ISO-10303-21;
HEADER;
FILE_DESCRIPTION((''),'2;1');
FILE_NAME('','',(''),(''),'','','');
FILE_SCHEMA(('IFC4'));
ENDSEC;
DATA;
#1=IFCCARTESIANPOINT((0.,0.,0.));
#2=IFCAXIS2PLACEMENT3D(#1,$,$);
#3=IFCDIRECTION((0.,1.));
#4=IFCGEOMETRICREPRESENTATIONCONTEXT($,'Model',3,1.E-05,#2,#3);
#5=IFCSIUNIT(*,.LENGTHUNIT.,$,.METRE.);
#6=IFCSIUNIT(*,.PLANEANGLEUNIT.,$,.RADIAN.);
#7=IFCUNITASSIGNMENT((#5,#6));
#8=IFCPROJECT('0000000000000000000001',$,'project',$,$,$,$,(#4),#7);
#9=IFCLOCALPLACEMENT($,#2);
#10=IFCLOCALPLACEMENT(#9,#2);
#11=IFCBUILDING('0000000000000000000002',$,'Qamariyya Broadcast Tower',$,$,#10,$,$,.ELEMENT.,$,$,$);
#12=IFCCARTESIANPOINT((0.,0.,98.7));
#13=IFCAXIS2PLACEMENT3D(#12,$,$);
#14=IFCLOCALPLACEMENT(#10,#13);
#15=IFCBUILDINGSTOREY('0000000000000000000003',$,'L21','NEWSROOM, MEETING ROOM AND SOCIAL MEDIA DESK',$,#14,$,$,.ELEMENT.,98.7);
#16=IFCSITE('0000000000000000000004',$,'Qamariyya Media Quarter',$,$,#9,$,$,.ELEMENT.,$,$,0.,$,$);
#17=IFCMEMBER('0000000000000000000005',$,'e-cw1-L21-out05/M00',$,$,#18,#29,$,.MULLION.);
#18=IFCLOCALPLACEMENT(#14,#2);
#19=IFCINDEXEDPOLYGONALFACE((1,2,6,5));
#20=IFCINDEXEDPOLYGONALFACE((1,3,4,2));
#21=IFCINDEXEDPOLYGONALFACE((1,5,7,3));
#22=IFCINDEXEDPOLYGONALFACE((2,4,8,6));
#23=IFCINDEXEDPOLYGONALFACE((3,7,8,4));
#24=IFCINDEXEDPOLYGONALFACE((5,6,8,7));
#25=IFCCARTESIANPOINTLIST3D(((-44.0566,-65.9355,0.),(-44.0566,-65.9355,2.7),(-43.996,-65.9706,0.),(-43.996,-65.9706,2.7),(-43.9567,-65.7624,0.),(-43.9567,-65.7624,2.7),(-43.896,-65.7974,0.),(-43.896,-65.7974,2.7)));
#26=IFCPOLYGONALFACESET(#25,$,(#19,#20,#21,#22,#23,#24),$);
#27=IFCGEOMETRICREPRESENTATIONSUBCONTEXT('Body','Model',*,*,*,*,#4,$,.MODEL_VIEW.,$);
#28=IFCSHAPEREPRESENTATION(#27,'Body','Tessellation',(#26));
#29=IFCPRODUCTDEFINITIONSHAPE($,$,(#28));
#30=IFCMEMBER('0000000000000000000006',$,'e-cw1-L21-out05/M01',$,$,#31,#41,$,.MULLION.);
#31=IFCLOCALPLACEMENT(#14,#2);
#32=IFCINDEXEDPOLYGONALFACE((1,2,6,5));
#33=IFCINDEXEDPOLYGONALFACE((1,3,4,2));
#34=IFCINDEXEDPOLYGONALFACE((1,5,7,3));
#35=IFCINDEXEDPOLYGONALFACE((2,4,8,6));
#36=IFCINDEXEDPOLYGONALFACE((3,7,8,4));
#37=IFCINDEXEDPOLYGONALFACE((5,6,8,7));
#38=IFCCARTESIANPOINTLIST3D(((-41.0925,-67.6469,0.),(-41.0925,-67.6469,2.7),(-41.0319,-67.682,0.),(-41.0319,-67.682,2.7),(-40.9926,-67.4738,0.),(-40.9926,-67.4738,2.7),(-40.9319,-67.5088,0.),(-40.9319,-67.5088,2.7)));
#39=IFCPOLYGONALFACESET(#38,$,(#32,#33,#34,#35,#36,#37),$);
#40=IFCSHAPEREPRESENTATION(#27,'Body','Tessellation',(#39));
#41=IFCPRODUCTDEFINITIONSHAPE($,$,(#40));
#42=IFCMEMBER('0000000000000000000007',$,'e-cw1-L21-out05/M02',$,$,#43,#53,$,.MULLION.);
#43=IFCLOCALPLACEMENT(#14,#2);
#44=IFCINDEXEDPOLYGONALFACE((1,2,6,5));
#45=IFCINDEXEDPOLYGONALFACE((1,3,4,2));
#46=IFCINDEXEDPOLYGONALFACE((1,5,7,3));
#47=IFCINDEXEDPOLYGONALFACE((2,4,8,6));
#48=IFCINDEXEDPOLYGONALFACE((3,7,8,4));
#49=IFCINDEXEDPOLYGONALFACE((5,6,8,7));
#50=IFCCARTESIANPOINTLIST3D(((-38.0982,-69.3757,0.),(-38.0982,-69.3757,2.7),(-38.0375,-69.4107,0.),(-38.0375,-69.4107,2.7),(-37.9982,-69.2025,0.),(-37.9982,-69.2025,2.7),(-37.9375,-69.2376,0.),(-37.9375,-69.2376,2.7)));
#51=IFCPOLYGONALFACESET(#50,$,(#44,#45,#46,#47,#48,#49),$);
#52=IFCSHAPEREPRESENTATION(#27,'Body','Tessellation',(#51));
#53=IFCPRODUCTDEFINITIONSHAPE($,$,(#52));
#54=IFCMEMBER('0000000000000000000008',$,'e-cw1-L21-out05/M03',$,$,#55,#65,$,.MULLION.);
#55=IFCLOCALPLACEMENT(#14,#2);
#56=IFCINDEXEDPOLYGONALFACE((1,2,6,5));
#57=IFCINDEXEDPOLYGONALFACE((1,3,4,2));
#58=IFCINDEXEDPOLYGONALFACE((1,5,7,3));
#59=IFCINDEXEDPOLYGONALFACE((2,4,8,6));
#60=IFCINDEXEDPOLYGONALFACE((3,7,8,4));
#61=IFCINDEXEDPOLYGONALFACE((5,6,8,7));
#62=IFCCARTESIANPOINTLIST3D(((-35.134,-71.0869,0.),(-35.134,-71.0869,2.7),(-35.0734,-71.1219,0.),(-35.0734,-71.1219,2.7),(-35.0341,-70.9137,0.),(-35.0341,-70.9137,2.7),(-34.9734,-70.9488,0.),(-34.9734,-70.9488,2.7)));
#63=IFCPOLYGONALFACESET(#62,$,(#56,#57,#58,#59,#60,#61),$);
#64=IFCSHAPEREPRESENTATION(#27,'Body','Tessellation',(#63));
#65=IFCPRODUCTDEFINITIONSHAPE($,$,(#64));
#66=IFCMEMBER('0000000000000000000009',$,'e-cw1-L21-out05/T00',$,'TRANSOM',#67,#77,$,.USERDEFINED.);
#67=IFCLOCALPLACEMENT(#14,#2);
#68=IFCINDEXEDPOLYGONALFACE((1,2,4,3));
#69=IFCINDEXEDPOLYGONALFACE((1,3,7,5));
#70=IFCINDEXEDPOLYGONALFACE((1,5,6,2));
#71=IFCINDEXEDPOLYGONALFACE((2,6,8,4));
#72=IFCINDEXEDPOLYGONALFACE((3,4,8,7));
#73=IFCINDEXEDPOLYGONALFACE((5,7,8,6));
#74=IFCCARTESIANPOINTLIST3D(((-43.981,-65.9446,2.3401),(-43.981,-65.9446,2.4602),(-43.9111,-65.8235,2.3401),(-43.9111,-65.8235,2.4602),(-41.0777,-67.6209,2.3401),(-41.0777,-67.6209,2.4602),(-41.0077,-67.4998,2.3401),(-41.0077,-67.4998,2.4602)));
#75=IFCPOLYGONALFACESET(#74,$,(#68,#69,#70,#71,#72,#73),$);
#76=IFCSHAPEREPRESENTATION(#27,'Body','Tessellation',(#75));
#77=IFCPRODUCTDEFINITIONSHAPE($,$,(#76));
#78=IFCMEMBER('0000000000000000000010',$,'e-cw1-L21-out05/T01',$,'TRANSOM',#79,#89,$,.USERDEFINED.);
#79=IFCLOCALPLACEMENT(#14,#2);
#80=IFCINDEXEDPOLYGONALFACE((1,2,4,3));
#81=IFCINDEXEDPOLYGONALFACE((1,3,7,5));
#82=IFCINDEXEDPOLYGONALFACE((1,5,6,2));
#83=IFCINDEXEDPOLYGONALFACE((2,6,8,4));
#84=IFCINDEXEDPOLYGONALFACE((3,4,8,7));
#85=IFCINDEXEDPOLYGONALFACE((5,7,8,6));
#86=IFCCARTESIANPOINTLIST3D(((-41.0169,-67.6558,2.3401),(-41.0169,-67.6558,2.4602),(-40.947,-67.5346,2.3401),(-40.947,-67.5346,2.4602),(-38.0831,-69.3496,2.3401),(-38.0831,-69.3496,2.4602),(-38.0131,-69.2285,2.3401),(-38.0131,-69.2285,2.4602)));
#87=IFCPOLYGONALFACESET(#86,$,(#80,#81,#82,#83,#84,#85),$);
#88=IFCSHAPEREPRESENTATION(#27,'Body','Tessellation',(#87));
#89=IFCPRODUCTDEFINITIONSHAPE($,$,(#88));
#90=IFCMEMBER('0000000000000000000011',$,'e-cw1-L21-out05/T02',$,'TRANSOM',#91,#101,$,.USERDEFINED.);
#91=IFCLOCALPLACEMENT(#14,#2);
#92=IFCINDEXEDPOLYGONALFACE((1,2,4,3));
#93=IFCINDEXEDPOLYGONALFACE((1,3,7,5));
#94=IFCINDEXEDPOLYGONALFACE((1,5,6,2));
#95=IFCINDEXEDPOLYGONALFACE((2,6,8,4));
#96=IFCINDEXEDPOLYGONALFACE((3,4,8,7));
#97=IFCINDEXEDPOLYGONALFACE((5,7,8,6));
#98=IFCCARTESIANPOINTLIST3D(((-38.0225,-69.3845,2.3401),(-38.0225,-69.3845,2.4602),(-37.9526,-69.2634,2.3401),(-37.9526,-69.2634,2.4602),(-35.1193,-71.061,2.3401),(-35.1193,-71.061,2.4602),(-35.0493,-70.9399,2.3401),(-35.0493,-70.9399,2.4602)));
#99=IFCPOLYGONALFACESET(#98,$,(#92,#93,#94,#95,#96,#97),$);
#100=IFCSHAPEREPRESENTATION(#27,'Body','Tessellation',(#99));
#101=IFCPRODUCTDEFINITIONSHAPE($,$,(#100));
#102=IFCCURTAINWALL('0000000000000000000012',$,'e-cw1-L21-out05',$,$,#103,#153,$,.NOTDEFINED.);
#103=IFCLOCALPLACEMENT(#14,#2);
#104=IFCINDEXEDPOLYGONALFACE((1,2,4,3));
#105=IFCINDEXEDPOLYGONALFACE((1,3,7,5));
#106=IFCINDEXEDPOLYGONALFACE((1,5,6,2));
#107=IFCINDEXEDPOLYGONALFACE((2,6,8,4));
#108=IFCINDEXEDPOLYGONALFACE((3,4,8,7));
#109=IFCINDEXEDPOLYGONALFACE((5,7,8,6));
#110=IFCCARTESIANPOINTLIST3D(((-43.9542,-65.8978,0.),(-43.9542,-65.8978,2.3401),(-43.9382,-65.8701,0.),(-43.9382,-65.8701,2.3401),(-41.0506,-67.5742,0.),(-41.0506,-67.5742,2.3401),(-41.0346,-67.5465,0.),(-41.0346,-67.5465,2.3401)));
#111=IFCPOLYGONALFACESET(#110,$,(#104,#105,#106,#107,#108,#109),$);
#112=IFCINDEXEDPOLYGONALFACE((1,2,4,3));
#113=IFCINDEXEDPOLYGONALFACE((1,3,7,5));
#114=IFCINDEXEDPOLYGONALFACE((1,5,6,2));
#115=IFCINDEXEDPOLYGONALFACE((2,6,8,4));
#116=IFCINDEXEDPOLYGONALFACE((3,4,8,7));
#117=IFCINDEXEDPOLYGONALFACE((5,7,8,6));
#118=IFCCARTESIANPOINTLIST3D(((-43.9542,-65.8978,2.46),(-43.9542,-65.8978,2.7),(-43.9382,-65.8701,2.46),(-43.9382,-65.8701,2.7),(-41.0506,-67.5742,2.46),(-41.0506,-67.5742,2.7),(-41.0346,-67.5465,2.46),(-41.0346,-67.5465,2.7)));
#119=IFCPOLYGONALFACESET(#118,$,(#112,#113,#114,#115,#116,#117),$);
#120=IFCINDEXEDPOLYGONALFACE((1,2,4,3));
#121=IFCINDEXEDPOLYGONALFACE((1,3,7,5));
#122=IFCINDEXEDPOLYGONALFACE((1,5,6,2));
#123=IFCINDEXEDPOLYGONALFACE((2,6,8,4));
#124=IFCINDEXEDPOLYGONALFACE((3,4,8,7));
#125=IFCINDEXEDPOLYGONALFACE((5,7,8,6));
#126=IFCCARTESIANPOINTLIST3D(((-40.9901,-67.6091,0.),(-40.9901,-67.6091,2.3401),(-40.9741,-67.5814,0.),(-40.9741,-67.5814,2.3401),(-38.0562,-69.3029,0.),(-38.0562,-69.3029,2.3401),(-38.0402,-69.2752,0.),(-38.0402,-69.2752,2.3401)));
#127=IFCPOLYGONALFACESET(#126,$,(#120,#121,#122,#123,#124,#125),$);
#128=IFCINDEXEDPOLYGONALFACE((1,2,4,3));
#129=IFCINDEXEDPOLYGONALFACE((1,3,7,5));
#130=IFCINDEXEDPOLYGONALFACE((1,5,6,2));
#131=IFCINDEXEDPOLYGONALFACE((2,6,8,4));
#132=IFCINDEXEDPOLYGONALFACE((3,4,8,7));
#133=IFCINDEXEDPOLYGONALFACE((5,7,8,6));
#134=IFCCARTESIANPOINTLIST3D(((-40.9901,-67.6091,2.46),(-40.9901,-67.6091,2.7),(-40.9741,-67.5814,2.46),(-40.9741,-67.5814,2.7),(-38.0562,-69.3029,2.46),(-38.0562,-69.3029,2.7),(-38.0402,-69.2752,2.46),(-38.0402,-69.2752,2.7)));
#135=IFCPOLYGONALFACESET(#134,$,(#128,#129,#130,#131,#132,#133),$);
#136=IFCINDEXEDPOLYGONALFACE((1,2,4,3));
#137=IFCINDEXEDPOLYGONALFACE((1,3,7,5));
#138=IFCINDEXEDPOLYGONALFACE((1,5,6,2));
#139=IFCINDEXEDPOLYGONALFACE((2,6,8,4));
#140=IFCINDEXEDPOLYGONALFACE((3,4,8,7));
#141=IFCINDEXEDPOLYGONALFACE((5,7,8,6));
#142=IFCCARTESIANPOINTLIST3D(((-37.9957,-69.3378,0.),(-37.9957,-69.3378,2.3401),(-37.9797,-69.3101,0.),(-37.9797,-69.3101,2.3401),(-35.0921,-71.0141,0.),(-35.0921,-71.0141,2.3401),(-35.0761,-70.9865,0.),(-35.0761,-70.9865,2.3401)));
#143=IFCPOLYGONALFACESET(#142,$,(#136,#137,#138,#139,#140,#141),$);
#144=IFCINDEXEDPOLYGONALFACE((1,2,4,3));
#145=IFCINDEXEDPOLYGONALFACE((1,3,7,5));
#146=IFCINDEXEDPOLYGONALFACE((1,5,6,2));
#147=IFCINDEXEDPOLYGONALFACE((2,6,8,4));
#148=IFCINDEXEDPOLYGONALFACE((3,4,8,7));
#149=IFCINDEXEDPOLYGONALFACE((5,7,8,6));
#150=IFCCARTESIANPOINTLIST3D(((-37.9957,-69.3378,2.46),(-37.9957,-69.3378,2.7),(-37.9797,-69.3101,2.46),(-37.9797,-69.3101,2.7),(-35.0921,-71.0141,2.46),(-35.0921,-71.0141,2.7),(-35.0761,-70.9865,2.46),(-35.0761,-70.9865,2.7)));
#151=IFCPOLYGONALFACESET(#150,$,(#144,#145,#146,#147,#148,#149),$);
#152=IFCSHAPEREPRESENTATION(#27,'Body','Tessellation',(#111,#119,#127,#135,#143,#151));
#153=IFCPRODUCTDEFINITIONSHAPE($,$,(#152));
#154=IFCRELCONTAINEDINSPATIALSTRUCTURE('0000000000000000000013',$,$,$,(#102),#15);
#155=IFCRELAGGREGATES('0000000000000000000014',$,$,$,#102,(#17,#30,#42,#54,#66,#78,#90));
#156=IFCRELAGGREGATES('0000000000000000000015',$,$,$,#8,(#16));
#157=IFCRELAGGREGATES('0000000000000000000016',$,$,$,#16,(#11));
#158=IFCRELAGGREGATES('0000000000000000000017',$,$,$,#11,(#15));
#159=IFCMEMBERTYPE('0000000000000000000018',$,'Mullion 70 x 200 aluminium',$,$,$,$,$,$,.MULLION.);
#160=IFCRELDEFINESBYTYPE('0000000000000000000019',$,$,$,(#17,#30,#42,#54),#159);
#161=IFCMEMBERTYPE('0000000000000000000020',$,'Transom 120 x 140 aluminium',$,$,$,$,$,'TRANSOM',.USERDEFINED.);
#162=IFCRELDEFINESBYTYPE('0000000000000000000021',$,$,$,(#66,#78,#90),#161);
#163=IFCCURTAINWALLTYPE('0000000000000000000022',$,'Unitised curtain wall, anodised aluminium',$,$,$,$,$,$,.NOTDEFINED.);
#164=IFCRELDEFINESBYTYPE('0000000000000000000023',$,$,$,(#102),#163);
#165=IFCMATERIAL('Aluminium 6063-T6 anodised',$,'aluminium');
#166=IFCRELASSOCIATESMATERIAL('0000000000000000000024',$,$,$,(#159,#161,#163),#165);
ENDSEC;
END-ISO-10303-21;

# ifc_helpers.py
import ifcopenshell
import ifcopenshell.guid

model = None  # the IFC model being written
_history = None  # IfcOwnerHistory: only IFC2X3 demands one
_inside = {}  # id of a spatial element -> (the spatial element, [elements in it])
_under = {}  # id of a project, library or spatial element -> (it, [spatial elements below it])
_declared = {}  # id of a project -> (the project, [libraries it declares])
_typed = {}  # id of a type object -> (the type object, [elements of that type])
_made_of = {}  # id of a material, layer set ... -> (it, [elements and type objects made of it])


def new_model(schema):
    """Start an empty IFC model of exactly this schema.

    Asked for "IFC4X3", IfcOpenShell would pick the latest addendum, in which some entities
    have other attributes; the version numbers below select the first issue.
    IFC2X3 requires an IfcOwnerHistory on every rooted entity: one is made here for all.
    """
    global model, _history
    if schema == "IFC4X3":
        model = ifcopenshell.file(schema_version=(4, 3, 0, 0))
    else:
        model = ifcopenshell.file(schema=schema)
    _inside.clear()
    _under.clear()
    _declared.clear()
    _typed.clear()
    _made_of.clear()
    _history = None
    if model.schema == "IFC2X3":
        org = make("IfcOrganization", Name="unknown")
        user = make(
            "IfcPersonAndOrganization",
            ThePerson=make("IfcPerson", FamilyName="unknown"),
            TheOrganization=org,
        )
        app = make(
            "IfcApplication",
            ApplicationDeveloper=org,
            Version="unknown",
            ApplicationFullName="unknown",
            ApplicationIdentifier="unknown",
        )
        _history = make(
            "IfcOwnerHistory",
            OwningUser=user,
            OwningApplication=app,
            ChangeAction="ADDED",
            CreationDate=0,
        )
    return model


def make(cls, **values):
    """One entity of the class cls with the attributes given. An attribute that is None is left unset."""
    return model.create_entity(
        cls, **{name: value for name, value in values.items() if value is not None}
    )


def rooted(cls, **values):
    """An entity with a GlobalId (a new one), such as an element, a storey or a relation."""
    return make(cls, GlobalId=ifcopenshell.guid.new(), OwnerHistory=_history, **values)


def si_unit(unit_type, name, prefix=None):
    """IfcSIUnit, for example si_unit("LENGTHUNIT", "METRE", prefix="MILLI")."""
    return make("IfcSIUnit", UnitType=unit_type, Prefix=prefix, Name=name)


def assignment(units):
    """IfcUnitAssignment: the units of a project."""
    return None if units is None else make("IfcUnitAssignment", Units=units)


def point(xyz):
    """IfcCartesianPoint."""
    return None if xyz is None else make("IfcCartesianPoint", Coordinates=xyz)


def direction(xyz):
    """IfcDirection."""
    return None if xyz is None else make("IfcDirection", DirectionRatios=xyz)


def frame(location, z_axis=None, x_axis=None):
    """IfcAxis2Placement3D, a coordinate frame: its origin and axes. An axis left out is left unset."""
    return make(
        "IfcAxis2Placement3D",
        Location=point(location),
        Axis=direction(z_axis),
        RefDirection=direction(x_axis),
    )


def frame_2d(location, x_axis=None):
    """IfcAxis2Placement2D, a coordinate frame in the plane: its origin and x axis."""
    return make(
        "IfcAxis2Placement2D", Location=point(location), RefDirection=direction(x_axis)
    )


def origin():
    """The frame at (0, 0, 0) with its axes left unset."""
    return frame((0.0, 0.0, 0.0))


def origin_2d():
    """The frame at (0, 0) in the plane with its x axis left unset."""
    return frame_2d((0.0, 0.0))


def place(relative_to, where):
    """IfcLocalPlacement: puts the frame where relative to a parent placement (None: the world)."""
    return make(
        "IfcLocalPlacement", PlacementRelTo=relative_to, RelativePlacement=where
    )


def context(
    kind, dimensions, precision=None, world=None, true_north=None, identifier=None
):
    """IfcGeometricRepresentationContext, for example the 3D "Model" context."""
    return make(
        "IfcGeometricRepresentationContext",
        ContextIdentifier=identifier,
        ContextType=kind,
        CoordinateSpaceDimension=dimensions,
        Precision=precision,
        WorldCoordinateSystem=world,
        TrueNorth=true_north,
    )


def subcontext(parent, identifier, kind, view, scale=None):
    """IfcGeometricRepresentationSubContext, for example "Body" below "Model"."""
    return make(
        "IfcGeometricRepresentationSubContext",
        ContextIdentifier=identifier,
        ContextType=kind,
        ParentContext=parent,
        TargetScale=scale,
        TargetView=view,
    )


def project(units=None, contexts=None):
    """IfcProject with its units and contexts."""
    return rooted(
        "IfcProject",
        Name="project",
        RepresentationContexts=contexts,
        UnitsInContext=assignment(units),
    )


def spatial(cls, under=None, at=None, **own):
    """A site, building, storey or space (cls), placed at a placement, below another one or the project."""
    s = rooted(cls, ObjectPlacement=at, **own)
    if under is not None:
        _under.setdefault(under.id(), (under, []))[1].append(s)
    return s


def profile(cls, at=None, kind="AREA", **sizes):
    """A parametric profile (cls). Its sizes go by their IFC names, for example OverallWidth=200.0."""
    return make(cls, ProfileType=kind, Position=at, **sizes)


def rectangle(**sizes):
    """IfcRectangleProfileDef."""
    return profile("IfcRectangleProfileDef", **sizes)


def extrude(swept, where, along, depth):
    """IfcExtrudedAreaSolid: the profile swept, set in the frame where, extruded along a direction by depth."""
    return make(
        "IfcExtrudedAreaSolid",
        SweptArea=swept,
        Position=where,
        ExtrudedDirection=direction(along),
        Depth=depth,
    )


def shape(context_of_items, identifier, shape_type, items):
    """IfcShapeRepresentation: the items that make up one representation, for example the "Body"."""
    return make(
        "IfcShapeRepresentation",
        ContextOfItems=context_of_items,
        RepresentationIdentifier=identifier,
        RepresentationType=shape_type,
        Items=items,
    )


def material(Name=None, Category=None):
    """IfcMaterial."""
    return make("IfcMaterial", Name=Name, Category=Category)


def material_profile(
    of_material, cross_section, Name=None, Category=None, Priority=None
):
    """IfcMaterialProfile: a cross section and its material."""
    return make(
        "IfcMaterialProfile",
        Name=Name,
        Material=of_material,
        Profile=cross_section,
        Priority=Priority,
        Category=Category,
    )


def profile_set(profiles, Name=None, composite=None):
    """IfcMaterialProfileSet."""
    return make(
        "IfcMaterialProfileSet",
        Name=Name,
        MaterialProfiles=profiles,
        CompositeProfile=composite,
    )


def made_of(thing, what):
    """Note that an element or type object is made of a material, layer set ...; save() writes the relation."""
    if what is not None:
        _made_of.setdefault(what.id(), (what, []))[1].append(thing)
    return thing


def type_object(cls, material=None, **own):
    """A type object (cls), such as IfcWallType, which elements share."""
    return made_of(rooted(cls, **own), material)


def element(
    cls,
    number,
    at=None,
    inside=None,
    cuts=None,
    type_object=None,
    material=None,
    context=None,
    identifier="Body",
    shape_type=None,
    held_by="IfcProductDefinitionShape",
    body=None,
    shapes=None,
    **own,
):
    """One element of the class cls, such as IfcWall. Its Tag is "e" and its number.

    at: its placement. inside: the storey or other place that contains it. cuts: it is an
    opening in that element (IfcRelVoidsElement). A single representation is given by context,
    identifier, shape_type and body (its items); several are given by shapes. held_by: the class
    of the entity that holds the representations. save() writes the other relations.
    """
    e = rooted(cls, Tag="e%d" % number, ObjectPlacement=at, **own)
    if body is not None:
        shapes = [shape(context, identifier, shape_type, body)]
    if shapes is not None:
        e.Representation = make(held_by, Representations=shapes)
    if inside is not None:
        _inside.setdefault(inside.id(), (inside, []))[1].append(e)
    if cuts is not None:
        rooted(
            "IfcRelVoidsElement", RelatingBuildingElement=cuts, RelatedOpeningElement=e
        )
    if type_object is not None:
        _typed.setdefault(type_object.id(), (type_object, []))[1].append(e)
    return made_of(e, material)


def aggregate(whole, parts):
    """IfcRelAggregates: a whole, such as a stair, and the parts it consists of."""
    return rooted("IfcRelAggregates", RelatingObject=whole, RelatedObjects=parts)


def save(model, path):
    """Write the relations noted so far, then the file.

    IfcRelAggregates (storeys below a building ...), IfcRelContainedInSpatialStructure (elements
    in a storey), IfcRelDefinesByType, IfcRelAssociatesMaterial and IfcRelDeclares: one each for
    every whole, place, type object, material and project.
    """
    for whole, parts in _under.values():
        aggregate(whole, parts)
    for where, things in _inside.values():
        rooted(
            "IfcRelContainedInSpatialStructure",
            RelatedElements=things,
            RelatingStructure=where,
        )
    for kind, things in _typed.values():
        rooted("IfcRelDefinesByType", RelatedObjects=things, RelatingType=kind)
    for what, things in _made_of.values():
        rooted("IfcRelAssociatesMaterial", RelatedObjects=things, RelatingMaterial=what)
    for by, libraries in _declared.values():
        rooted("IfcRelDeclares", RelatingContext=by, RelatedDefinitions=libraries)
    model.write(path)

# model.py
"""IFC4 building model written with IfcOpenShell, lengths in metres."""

from ifc_helpers import new_model, si_unit, direction, frame, origin, origin_2d, place, context, subcontext, project, spatial, rectangle, extrude, material, material_profile, profile_set, type_object, element, aggregate, save


model = new_model("IFC4")

# Units and contexts
model_context = context("Model", 3, precision=1e-05, world=origin(), true_north=direction((0.0, 1.0)))
body_context = subcontext(model_context, "Body", "Model", "MODEL_VIEW")
ifc_project = project(units=[si_unit("LENGTHUNIT", "METRE"), si_unit("PLANEANGLEUNIT", "RADIAN")], contexts=[model_context])

# Members
ifc_material = material(Name="Aluminium 6063-T6 anodised", Category="aluminium")
ifc_material_profile_1 = material_profile(ifc_material, rectangle(XDim=0.2, YDim=0.0701, at=origin_2d()))
ifc_profile_set_1 = profile_set([ifc_material_profile_1], Name="Aluminium 6063-T6 anodised")
member_type_1 = type_object("IfcMemberType", Name="Mullion 70 x 200 aluminium", PredefinedType="MULLION", material=ifc_profile_set_1)
site_placement = place(None, origin())
building_placement = place(site_placement, origin())
storey_placement = place(building_placement, frame((0.0, 0.0, 98.7)))
member_1_placement = place(storey_placement, frame((-43.9763, -65.8665, 0.0), z_axis=(0.0, 0.0, 1.0), x_axis=(0.5, 0.866025, 0.0)))
member_1 = element("IfcMember", 1, at=member_1_placement, type_object=member_type_1, Name="e-cw1-L21-out05/M00", PredefinedType="MULLION", context=body_context, shape_type="SweptSolid", body=[
    extrude(rectangle(XDim=0.2, YDim=0.0701, at=origin_2d()), origin(), (0.0, 0.0, 1.0), 2.7),
])
member_2_placement = place(storey_placement, frame((-41.0122, -67.5779, 0.0), z_axis=(0.0, 0.0, 1.0), x_axis=(0.5, 0.866025, 0.0)))
member_2 = element("IfcMember", 2, at=member_2_placement, type_object=member_type_1, Name="e-cw1-L21-out05/M01", PredefinedType="MULLION", context=body_context, shape_type="SweptSolid", body=[
    extrude(rectangle(XDim=0.2, YDim=0.0701, at=origin_2d()), origin(), (0.0, 0.0, 1.0), 2.7),
])
member_3_placement = place(storey_placement, frame((-38.0178, -69.3066, 0.0), z_axis=(0.0, 0.0, 1.0), x_axis=(0.5, 0.866025, 0.0)))
member_3 = element("IfcMember", 3, at=member_3_placement, type_object=member_type_1, Name="e-cw1-L21-out05/M02", PredefinedType="MULLION", context=body_context, shape_type="SweptSolid", body=[
    extrude(rectangle(XDim=0.2, YDim=0.0701, at=origin_2d()), origin(), (0.0, 0.0, 1.0), 2.7),
])
member_4_placement = place(storey_placement, frame((-35.0537, -71.0178, 0.0), z_axis=(0.0, 0.0, 1.0), x_axis=(0.5, 0.866025, 0.0)))
member_4 = element("IfcMember", 4, at=member_4_placement, type_object=member_type_1, Name="e-cw1-L21-out05/M03", PredefinedType="MULLION", context=body_context, shape_type="SweptSolid", body=[
    extrude(rectangle(XDim=0.2, YDim=0.0701, at=origin_2d()), origin(), (0.0, 0.0, 1.0), 2.7),
])
ifc_material_profile_2 = material_profile(ifc_material, rectangle(XDim=0.1399, YDim=0.1201, at=origin_2d()))
ifc_profile_set_2 = profile_set([ifc_material_profile_2], Name="Aluminium 6063-T6 anodised")
member_type_2 = type_object("IfcMemberType", Name="Transom 120 x 140 aluminium", ElementType="TRANSOM", PredefinedType="USERDEFINED", material=ifc_profile_set_2)
member_5_placement = place(storey_placement, frame((-43.946, -65.884, 2.4001), z_axis=(0.866021, -0.500008, 0.0), x_axis=(0.500008, 0.866021, 0.0)))
member_5 = element("IfcMember", 5, at=member_5_placement, type_object=member_type_2, Name="e-cw1-L21-out05/T00", ObjectType="TRANSOM", PredefinedType="USERDEFINED", context=body_context, shape_type="SweptSolid", body=[
    extrude(rectangle(XDim=0.1399, YDim=0.1201, at=origin_2d()), origin(), (0.0, 0.0, 1.0), 3.3525),
])
member_6_placement = place(storey_placement, frame((-40.9819, -67.5952, 2.4001), z_axis=(0.866026, -0.499999, 0.0), x_axis=(0.499999, 0.866026, 0.0)))
member_6 = element("IfcMember", 6, at=member_6_placement, type_object=member_type_2, Name="e-cw1-L21-out05/T01", ObjectType="TRANSOM", PredefinedType="USERDEFINED", context=body_context, shape_type="SweptSolid", body=[
    extrude(rectangle(XDim=0.1399, YDim=0.1201, at=origin_2d()), origin(), (0.0, 0.0, 1.0), 3.3877),
])
member_7_placement = place(storey_placement, frame((-37.9875, -69.324, 2.4001), z_axis=(0.865989, -0.500063, 0.0), x_axis=(0.500063, 0.865989, 0.0)))
member_7 = element("IfcMember", 7, at=member_7_placement, type_object=member_type_2, Name="e-cw1-L21-out05/T02", ObjectType="TRANSOM", PredefinedType="USERDEFINED", context=body_context, shape_type="SweptSolid", body=[
    extrude(rectangle(XDim=0.1399, YDim=0.1201, at=origin_2d()), origin(), (0.0, 0.0, 1.0), 3.3525),
])

# Site, building, storey
site = spatial("IfcSite", under=ifc_project, at=site_placement, Name="Qamariyya Media Quarter", CompositionType="ELEMENT", RefElevation=0.0)
building = spatial("IfcBuilding", under=site, at=building_placement, Name="Qamariyya Broadcast Tower", CompositionType="ELEMENT")
storey = spatial("IfcBuildingStorey", under=building, at=storey_placement, Name="L21", Description="NEWSROOM, MEETING ROOM AND SOCIAL MEDIA DESK", CompositionType="ELEMENT", Elevation=98.7)

# Curtain wall
curtain_wall_type = type_object("IfcCurtainWallType", Name="Unitised curtain wall, anodised aluminium", PredefinedType="NOTDEFINED", material=ifc_material)
curtain_wall_1_placement = place(storey_placement, origin())
curtain_wall_1 = element("IfcCurtainWall", 8, at=curtain_wall_1_placement, inside=storey, type_object=curtain_wall_type, Name="e-cw1-L21-out05", PredefinedType="NOTDEFINED", context=body_context, shape_type="SweptSolid", body=[
    extrude(rectangle(XDim=3.3528, YDim=0.032, at=origin_2d()), frame((-42.4944, -66.7222, 0.0), x_axis=(0.866027, -0.499997, 0.0)), (0.0, 0.0, 1.0), 2.3401),
    extrude(rectangle(XDim=3.3528, YDim=0.032, at=origin_2d()), frame((-42.4944, -66.7222, 2.46), x_axis=(0.866027, -0.499997, 0.0)), (0.0, 0.0, 1.0), 0.24),
    extrude(rectangle(XDim=3.3877, YDim=0.032, at=origin_2d()), frame((-39.5151, -68.4421, 0.0), x_axis=(0.866027, -0.499997, 0.0)), (0.0, 0.0, 1.0), 2.3401),
    extrude(rectangle(XDim=3.3877, YDim=0.032, at=origin_2d()), frame((-39.5151, -68.4421, 2.46), x_axis=(0.866027, -0.499997, 0.0)), (0.0, 0.0, 1.0), 0.24),
    extrude(rectangle(XDim=3.3528, YDim=0.032, at=origin_2d()), frame((-36.5359, -70.1621, 0.0), x_axis=(0.866027, -0.499997, 0.0)), (0.0, 0.0, 1.0), 2.3401),
    extrude(rectangle(XDim=3.3528, YDim=0.032, at=origin_2d()), frame((-36.5359, -70.1621, 2.46), x_axis=(0.866027, -0.499997, 0.0)), (0.0, 0.0, 1.0), 0.24),
])
aggregate(curtain_wall_1, [member_1, member_2, member_3, member_4, member_5, member_6, member_7])

save(model, "model.ifc")
